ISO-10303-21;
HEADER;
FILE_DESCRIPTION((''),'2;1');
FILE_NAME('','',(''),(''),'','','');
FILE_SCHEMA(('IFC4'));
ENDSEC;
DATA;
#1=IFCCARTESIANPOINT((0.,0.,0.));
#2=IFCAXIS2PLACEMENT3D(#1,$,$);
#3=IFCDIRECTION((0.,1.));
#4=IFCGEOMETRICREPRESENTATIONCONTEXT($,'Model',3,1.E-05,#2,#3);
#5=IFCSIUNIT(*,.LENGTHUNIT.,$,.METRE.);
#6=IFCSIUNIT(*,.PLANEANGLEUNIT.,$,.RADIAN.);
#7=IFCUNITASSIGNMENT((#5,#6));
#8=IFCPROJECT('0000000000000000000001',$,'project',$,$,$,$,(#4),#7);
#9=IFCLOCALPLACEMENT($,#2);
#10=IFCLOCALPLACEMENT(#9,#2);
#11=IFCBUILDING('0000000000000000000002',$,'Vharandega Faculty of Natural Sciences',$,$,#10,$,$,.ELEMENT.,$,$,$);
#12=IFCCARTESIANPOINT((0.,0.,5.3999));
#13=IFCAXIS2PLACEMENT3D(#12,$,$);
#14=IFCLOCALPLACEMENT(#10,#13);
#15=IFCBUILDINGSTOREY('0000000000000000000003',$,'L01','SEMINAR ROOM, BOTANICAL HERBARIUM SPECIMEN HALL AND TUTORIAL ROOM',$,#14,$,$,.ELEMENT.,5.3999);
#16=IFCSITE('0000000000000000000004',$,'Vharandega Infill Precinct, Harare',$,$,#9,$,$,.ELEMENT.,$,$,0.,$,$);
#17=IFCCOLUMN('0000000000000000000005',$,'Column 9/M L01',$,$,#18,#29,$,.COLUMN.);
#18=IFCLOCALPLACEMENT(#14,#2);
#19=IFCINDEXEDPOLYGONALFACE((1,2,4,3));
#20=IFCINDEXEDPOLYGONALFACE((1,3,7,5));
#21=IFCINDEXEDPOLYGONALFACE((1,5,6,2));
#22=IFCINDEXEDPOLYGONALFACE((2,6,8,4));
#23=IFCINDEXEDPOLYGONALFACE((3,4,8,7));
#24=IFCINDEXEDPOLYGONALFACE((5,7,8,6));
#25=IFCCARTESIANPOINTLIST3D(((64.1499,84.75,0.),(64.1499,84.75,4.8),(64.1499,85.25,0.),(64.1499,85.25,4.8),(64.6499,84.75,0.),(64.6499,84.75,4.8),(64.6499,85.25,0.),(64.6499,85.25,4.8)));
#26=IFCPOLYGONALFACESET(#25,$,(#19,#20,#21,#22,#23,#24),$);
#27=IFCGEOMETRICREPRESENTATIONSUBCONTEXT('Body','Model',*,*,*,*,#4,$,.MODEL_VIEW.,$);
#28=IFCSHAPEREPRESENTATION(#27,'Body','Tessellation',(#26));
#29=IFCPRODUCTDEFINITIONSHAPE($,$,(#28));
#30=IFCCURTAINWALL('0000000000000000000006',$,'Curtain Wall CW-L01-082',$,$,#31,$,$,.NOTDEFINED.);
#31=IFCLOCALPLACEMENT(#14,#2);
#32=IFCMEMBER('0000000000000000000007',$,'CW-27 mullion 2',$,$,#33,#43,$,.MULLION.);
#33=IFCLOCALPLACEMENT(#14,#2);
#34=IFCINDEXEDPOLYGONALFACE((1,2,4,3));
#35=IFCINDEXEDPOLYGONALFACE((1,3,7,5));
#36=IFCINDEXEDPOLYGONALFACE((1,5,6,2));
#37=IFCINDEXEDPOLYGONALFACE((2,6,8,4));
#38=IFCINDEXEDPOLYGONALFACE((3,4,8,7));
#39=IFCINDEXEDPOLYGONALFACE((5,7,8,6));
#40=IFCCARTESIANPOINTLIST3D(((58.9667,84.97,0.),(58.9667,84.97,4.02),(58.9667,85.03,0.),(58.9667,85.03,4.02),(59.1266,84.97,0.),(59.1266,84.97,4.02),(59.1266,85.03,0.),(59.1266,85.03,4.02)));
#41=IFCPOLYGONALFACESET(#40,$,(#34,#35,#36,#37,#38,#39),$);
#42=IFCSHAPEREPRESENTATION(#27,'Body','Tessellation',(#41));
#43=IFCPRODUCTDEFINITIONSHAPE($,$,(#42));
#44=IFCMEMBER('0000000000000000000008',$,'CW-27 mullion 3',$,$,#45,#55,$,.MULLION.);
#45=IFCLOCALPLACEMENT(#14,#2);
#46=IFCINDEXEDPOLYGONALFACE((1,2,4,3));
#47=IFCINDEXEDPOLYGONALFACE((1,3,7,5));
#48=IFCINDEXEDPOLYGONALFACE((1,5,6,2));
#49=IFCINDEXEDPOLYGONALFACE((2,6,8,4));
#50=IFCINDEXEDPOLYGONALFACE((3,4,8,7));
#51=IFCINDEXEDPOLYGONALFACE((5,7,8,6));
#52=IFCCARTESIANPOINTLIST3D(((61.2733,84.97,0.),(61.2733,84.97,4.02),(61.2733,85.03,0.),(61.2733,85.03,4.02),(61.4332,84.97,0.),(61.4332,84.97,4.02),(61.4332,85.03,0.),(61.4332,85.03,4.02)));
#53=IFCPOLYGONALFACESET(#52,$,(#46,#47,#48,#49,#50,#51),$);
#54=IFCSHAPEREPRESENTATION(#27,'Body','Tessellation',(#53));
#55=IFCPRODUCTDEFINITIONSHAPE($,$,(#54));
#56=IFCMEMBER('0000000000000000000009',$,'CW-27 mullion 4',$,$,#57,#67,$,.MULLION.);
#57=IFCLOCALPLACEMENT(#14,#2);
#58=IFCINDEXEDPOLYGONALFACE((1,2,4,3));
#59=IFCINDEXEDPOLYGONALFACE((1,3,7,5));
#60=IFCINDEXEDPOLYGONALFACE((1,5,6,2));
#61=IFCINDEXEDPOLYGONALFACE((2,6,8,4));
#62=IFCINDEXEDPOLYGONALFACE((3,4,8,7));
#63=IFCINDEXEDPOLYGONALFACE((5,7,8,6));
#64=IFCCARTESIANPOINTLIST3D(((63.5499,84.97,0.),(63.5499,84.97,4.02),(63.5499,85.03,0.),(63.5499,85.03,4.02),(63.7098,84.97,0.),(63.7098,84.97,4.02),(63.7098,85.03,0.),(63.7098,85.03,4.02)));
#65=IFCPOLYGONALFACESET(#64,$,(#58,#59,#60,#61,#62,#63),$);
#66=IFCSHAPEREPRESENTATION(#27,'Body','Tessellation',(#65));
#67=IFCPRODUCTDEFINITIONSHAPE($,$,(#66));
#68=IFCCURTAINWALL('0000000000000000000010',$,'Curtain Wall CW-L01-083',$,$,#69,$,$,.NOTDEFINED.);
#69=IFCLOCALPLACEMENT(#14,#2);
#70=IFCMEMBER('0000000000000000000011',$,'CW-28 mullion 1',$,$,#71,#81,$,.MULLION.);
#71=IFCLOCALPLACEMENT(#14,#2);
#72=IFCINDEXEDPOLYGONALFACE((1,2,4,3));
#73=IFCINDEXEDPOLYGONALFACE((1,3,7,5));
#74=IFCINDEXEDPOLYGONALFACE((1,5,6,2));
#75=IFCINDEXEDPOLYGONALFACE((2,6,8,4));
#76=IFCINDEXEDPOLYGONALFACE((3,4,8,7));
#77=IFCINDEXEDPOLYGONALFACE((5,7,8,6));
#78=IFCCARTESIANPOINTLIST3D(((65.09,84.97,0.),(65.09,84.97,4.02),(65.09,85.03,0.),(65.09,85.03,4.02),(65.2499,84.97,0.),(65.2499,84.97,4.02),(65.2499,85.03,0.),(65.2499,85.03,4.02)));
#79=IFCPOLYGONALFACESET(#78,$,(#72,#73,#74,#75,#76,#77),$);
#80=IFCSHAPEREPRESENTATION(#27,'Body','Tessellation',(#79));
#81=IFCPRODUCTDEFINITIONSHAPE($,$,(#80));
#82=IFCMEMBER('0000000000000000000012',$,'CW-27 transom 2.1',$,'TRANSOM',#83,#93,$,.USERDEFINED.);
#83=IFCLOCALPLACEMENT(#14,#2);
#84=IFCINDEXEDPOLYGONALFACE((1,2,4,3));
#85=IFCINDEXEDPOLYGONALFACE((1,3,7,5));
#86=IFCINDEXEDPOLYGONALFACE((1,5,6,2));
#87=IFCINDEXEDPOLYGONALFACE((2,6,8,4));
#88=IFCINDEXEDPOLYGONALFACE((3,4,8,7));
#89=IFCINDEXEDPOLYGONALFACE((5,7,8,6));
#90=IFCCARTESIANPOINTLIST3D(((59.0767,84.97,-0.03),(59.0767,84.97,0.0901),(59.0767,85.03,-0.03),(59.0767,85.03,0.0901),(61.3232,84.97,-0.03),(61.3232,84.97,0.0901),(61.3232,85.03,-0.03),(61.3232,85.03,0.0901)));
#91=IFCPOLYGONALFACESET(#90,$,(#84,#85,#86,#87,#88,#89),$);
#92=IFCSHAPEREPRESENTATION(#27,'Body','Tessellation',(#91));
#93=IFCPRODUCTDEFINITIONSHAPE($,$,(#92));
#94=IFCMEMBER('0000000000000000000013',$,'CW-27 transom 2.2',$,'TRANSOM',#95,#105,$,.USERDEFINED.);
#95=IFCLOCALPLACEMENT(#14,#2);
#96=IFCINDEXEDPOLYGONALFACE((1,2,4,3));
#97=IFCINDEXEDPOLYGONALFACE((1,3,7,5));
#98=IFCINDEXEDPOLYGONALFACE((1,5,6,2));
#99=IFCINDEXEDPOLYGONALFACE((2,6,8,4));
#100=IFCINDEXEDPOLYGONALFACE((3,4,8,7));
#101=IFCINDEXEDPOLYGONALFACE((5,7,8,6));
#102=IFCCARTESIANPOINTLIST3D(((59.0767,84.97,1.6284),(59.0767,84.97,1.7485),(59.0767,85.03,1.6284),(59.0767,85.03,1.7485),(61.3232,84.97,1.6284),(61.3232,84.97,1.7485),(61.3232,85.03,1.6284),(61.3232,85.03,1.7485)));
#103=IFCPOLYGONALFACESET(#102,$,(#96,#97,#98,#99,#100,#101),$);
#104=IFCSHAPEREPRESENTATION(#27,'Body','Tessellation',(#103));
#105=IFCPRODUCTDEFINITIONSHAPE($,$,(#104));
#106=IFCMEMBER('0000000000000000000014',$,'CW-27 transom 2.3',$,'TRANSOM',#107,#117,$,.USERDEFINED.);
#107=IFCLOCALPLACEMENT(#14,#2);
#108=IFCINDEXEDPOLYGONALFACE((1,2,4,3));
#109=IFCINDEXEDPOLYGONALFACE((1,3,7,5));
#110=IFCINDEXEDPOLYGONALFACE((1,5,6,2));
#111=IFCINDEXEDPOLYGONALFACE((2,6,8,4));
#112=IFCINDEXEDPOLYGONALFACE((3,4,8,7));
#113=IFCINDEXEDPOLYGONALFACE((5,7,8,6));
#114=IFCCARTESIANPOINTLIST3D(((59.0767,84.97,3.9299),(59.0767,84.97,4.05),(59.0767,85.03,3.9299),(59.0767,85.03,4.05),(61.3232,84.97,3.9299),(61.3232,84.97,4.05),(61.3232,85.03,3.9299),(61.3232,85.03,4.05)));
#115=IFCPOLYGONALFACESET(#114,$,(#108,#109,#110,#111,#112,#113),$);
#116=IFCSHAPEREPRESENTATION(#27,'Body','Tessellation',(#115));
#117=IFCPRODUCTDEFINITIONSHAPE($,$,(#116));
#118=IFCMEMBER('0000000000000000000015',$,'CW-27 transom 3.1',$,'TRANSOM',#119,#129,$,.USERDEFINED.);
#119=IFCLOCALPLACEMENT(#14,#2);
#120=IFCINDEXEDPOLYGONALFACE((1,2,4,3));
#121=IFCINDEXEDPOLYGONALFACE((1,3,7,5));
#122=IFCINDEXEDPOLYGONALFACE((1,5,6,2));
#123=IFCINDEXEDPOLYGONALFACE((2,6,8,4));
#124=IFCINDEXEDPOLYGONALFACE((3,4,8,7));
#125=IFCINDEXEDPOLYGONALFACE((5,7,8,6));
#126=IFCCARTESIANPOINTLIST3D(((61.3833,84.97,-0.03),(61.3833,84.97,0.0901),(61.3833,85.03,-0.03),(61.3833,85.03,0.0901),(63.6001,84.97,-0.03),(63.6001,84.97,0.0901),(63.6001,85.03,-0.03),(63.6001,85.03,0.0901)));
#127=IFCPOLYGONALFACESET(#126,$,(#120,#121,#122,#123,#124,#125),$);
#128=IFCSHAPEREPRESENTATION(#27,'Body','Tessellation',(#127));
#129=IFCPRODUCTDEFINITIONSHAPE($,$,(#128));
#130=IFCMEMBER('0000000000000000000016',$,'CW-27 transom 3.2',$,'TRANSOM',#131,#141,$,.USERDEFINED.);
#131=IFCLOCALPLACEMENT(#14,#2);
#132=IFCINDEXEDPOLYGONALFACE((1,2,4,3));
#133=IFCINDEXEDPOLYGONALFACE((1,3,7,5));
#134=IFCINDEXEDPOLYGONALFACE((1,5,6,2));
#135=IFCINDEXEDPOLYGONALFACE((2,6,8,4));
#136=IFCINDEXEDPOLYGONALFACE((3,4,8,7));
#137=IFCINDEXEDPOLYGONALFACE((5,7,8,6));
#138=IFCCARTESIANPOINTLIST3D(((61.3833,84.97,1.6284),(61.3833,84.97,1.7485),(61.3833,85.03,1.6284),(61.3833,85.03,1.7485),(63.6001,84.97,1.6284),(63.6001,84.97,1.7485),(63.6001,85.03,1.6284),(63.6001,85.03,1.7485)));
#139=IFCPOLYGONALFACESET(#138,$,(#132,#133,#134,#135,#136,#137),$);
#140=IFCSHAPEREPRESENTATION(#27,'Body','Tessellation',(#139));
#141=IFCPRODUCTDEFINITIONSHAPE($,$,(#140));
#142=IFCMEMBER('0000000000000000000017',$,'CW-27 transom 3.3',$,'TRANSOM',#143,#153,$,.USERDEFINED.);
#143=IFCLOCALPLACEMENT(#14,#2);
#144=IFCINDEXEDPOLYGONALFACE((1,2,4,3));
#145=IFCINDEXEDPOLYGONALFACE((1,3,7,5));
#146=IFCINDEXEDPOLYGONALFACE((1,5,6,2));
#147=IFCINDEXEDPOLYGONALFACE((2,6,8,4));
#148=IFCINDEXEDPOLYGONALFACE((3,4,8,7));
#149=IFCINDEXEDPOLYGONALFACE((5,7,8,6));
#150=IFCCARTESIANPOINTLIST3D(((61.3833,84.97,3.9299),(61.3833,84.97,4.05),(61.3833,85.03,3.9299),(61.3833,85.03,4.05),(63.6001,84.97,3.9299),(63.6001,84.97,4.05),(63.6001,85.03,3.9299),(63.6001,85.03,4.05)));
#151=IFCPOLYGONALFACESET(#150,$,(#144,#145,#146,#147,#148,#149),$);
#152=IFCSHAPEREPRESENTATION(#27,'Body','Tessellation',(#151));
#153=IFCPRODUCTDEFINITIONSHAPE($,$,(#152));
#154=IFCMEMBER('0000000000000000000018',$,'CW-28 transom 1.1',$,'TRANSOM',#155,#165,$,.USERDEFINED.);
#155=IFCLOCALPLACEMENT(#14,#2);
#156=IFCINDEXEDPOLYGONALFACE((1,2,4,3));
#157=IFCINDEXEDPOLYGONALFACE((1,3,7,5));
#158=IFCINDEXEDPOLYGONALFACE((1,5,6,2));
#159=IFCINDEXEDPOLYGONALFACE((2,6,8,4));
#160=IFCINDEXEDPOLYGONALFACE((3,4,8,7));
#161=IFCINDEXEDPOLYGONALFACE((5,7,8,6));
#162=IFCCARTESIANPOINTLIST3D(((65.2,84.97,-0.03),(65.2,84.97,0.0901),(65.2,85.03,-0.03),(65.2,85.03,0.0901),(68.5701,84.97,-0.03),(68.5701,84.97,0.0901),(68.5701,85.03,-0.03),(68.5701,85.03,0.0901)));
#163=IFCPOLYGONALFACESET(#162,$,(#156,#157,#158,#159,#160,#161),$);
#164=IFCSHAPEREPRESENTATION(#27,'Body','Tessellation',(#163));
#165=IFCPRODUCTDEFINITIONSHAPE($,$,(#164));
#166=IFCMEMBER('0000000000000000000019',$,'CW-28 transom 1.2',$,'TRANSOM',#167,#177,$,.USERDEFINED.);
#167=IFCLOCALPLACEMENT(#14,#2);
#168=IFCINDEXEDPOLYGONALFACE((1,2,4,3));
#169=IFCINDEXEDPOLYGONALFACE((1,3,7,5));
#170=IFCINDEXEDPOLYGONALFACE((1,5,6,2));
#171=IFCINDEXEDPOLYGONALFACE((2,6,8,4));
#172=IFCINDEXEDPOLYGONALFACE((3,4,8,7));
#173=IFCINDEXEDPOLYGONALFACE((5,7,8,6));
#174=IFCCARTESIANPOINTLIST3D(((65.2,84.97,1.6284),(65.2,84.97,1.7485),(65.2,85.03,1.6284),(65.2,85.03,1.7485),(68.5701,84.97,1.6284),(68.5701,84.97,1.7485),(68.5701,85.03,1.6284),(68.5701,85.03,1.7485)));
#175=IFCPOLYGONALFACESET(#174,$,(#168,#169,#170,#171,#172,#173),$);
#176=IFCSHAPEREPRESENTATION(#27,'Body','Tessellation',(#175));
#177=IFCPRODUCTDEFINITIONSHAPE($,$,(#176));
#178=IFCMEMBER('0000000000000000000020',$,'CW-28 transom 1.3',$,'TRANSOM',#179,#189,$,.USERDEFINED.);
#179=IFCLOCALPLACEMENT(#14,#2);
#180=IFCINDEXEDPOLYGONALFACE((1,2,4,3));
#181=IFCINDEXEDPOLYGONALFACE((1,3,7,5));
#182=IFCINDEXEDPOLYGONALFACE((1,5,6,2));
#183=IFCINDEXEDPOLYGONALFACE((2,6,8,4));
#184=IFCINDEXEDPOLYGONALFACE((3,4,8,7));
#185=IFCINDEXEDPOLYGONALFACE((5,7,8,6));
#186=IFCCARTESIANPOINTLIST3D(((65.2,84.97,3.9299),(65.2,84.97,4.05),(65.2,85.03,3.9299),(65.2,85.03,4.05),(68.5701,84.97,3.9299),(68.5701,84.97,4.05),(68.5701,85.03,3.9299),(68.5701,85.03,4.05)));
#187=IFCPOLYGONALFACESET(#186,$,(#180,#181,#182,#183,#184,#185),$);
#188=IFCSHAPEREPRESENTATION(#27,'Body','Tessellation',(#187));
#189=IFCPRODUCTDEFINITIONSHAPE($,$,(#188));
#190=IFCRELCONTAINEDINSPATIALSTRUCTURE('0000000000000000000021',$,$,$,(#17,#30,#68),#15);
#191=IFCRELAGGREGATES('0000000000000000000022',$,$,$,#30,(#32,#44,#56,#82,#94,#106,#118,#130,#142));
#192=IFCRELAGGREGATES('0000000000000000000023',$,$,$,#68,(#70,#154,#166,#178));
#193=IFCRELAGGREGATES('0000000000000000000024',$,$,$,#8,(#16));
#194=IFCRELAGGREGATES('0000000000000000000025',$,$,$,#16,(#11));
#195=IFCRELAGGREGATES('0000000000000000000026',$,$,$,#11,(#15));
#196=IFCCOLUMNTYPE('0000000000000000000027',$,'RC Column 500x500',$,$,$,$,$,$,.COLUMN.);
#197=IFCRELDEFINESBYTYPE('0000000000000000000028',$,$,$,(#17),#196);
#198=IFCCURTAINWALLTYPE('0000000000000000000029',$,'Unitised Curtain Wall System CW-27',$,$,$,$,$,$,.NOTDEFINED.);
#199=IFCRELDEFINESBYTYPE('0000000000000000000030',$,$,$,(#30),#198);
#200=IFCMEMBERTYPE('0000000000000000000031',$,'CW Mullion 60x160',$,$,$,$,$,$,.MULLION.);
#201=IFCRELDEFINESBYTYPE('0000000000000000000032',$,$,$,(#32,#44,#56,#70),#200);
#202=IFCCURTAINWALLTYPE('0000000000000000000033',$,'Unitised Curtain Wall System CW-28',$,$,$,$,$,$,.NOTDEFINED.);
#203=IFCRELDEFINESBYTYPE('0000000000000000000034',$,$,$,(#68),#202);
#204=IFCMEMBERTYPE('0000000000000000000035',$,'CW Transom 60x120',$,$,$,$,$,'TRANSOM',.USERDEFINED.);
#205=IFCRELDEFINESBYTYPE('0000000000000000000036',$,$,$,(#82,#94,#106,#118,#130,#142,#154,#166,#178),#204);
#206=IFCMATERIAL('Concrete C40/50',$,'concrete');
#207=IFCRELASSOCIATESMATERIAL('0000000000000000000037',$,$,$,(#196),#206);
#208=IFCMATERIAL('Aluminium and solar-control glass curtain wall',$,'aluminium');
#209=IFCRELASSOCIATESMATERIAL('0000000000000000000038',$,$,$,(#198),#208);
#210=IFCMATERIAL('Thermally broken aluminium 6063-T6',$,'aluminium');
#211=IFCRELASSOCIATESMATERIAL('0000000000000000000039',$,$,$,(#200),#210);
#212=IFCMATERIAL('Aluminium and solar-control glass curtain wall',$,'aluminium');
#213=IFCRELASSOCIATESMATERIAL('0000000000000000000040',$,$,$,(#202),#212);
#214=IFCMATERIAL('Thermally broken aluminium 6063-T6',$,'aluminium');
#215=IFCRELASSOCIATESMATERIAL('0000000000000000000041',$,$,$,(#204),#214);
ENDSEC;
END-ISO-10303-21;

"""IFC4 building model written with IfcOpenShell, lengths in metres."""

from ifc_helpers import new_model, si_unit, direction, frame, origin, origin_2d, place, context, subcontext, project, spatial, rectangle, extrude, material, material_profile, profile_set, type_object, element, aggregate, save


model = new_model("IFC4")

# Units and contexts
model_context = context("Model", 3, precision=1e-05, world=origin(), true_north=direction((0.0, 1.0)))
body_context = subcontext(model_context, "Body", "Model", "MODEL_VIEW")
ifc_project = project(units=[si_unit("LENGTHUNIT", "METRE"), si_unit("PLANEANGLEUNIT", "RADIAN")], contexts=[model_context])

# Site, building, storey
site_placement = place(None, origin())
site = spatial("IfcSite", under=ifc_project, at=site_placement, Name="Vharandega Infill Precinct, Harare", CompositionType="ELEMENT", RefElevation=0.0)
building_placement = place(site_placement, origin())
building = spatial("IfcBuilding", under=site, at=building_placement, Name="Vharandega Faculty of Natural Sciences", CompositionType="ELEMENT")
storey_placement = place(building_placement, frame((0.0, 0.0, 5.3999)))
storey = spatial("IfcBuildingStorey", under=building, at=storey_placement, Name="L01", Description="SEMINAR ROOM, BOTANICAL HERBARIUM SPECIMEN HALL AND TUTORIAL ROOM", CompositionType="ELEMENT", Elevation=5.3999)

# Column
ifc_material_1 = material(Name="Concrete C40/50", Category="concrete")
ifc_material_profile_1 = material_profile(ifc_material_1, rectangle(XDim=0.5, YDim=0.5, at=origin_2d()), Name="RC 500x500")
ifc_profile_set_1 = profile_set([ifc_material_profile_1], Name="Concrete C40/50")
column_type = type_object("IfcColumnType", Name="RC Column 500x500", PredefinedType="COLUMN", material=ifc_profile_set_1)
column_placement = place(storey_placement, frame((64.3999, 85.0, 0.0), z_axis=(0.0, 0.0, 1.0), x_axis=(1.0, 0.0, 0.0)))
element("IfcColumn", 1, at=column_placement, inside=storey, type_object=column_type, Name="Column 9/M L01", PredefinedType="COLUMN", context=body_context, shape_type="SweptSolid", body=[
    extrude(rectangle(XDim=0.5, YDim=0.5, at=origin_2d()), origin(), (0.0, 0.0, 1.0), 4.8),
])

# Curtain wall, members
ifc_material_2 = material(Name="Aluminium and solar-control glass curtain wall", Category="aluminium")
curtain_wall_type_1 = type_object("IfcCurtainWallType", Name="Unitised Curtain Wall System CW-27", PredefinedType="NOTDEFINED", material=ifc_material_2)
curtain_wall_1_placement = place(storey_placement, origin())
curtain_wall_1 = element("IfcCurtainWall", 2, at=curtain_wall_1_placement, inside=storey, type_object=curtain_wall_type_1, Name="Curtain Wall CW-L01-082", PredefinedType="NOTDEFINED")
ifc_material_3 = material(Name="Thermally broken aluminium 6063-T6", Category="aluminium")
ifc_material_profile_2 = material_profile(ifc_material_3, rectangle(XDim=0.0601, YDim=0.1599, at=origin_2d()), Name="ALU 60x160")
ifc_profile_set_2 = profile_set([ifc_material_profile_2], Name="Thermally broken aluminium 6063-T6")
member_type_1 = type_object("IfcMemberType", Name="CW Mullion 60x160", PredefinedType="MULLION", material=ifc_profile_set_2)
member_1_placement = place(storey_placement, frame((59.0466, 85.0, 0.0), z_axis=(0.0, 0.0, 1.0), x_axis=(0.0, 1.0, 0.0)))
member_1 = element("IfcMember", 3, at=member_1_placement, type_object=member_type_1, Name="CW-27 mullion 2", PredefinedType="MULLION", context=body_context, shape_type="SweptSolid", body=[
    extrude(rectangle(XDim=0.0601, YDim=0.1599, at=origin_2d()), origin(), (0.0, 0.0, 1.0), 4.02),
])
member_2_placement = place(storey_placement, frame((61.3533, 85.0, 0.0), z_axis=(0.0, 0.0, 1.0), x_axis=(0.0, 1.0, 0.0)))
member_2 = element("IfcMember", 4, at=member_2_placement, type_object=member_type_1, Name="CW-27 mullion 3", PredefinedType="MULLION", context=body_context, shape_type="SweptSolid", body=[
    extrude(rectangle(XDim=0.0601, YDim=0.1599, at=origin_2d()), origin(), (0.0, 0.0, 1.0), 4.02),
])
member_3_placement = place(storey_placement, frame((63.6299, 85.0, 0.0), z_axis=(0.0, 0.0, 1.0), x_axis=(0.0, 1.0, 0.0)))
member_3 = element("IfcMember", 5, at=member_3_placement, type_object=member_type_1, Name="CW-27 mullion 4", PredefinedType="MULLION", context=body_context, shape_type="SweptSolid", body=[
    extrude(rectangle(XDim=0.0601, YDim=0.1599, at=origin_2d()), origin(), (0.0, 0.0, 1.0), 4.02),
])

# Curtain wall, member
ifc_material_4 = material(Name="Aluminium and solar-control glass curtain wall", Category="aluminium")
curtain_wall_type_2 = type_object("IfcCurtainWallType", Name="Unitised Curtain Wall System CW-28", PredefinedType="NOTDEFINED", material=ifc_material_4)
curtain_wall_2_placement = place(storey_placement, origin())
curtain_wall_2 = element("IfcCurtainWall", 6, at=curtain_wall_2_placement, inside=storey, type_object=curtain_wall_type_2, Name="Curtain Wall CW-L01-083", PredefinedType="NOTDEFINED")
member_4_placement = place(storey_placement, frame((65.1699, 85.0, 0.0), z_axis=(0.0, 0.0, 1.0), x_axis=(0.0, 1.0, 0.0)))
member_4 = element("IfcMember", 7, at=member_4_placement, type_object=member_type_1, Name="CW-28 mullion 1", PredefinedType="MULLION", context=body_context, shape_type="SweptSolid", body=[
    extrude(rectangle(XDim=0.0601, YDim=0.1599, at=origin_2d()), origin(), (0.0, 0.0, 1.0), 4.02),
])

# Members
ifc_material_5 = material(Name="Thermally broken aluminium 6063-T6", Category="aluminium")
ifc_material_profile_3 = material_profile(ifc_material_5, rectangle(XDim=0.0601, YDim=0.1201, at=origin_2d()), Name="ALU 60x120")
ifc_profile_set_3 = profile_set([ifc_material_profile_3], Name="Thermally broken aluminium 6063-T6")
member_type_2 = type_object("IfcMemberType", Name="CW Transom 60x120", ElementType="TRANSOM", PredefinedType="USERDEFINED", material=ifc_profile_set_3)
member_5_placement = place(storey_placement, frame((59.0767, 85.0, 0.03), z_axis=(1.0, 0.0, 0.0), x_axis=(0.0, 1.0, 0.0)))
member_5 = element("IfcMember", 8, at=member_5_placement, type_object=member_type_2, Name="CW-27 transom 2.1", ObjectType="TRANSOM", PredefinedType="USERDEFINED", context=body_context, shape_type="SweptSolid", body=[
    extrude(rectangle(XDim=0.0601, YDim=0.1201, at=origin_2d()), origin(), (0.0, 0.0, 1.0), 2.2466),
])
member_6_placement = place(storey_placement, frame((59.0767, 85.0, 1.6885), z_axis=(1.0, 0.0, 0.0), x_axis=(0.0, 1.0, 0.0)))
member_6 = element("IfcMember", 9, at=member_6_placement, type_object=member_type_2, Name="CW-27 transom 2.2", ObjectType="TRANSOM", PredefinedType="USERDEFINED", context=body_context, shape_type="SweptSolid", body=[
    extrude(rectangle(XDim=0.0601, YDim=0.1201, at=origin_2d()), origin(), (0.0, 0.0, 1.0), 2.2466),
])
member_7_placement = place(storey_placement, frame((59.0767, 85.0, 3.99), z_axis=(1.0, 0.0, 0.0), x_axis=(0.0, 1.0, 0.0)))
member_7 = element("IfcMember", 10, at=member_7_placement, type_object=member_type_2, Name="CW-27 transom 2.3", ObjectType="TRANSOM", PredefinedType="USERDEFINED", context=body_context, shape_type="SweptSolid", body=[
    extrude(rectangle(XDim=0.0601, YDim=0.1201, at=origin_2d()), origin(), (0.0, 0.0, 1.0), 2.2466),
])
member_8_placement = place(storey_placement, frame((61.3833, 85.0, 0.03), z_axis=(1.0, 0.0, 0.0), x_axis=(0.0, 1.0, 0.0)))
member_8 = element("IfcMember", 11, at=member_8_placement, type_object=member_type_2, Name="CW-27 transom 3.1", ObjectType="TRANSOM", PredefinedType="USERDEFINED", context=body_context, shape_type="SweptSolid", body=[
    extrude(rectangle(XDim=0.0601, YDim=0.1201, at=origin_2d()), origin(), (0.0, 0.0, 1.0), 2.2168),
])
member_9_placement = place(storey_placement, frame((61.3833, 85.0, 1.6885), z_axis=(1.0, 0.0, 0.0), x_axis=(0.0, 1.0, 0.0)))
member_9 = element("IfcMember", 12, at=member_9_placement, type_object=member_type_2, Name="CW-27 transom 3.2", ObjectType="TRANSOM", PredefinedType="USERDEFINED", context=body_context, shape_type="SweptSolid", body=[
    extrude(rectangle(XDim=0.0601, YDim=0.1201, at=origin_2d()), origin(), (0.0, 0.0, 1.0), 2.2168),
])
member_10_placement = place(storey_placement, frame((61.3833, 85.0, 3.99), z_axis=(1.0, 0.0, 0.0), x_axis=(0.0, 1.0, 0.0)))
member_10 = element("IfcMember", 13, at=member_10_placement, type_object=member_type_2, Name="CW-27 transom 3.3", ObjectType="TRANSOM", PredefinedType="USERDEFINED", context=body_context, shape_type="SweptSolid", body=[
    extrude(rectangle(XDim=0.0601, YDim=0.1201, at=origin_2d()), origin(), (0.0, 0.0, 1.0), 2.2168),
])
member_11_placement = place(storey_placement, frame((65.2, 85.0, 0.03), z_axis=(1.0, 0.0, 0.0), x_axis=(0.0, 1.0, 0.0)))
member_11 = element("IfcMember", 14, at=member_11_placement, type_object=member_type_2, Name="CW-28 transom 1.1", ObjectType="TRANSOM", PredefinedType="USERDEFINED", context=body_context, shape_type="SweptSolid", body=[
    extrude(rectangle(XDim=0.0601, YDim=0.1201, at=origin_2d()), origin(), (0.0, 0.0, 1.0), 3.3701),
])
member_12_placement = place(storey_placement, frame((65.2, 85.0, 1.6885), z_axis=(1.0, 0.0, 0.0), x_axis=(0.0, 1.0, 0.0)))
member_12 = element("IfcMember", 15, at=member_12_placement, type_object=member_type_2, Name="CW-28 transom 1.2", ObjectType="TRANSOM", PredefinedType="USERDEFINED", context=body_context, shape_type="SweptSolid", body=[
    extrude(rectangle(XDim=0.0601, YDim=0.1201, at=origin_2d()), origin(), (0.0, 0.0, 1.0), 3.3701),
])
member_13_placement = place(storey_placement, frame((65.2, 85.0, 3.99), z_axis=(1.0, 0.0, 0.0), x_axis=(0.0, 1.0, 0.0)))
member_13 = element("IfcMember", 16, at=member_13_placement, type_object=member_type_2, Name="CW-28 transom 1.3", ObjectType="TRANSOM", PredefinedType="USERDEFINED", context=body_context, shape_type="SweptSolid", body=[
    extrude(rectangle(XDim=0.0601, YDim=0.1201, at=origin_2d()), origin(), (0.0, 0.0, 1.0), 3.3701),
])

aggregate(curtain_wall_1, [member_1, member_2, member_3, member_5, member_6, member_7, member_8, member_9, member_10])
aggregate(curtain_wall_2, [member_4, member_11, member_12, member_13])

save(model, "model.ifc")
